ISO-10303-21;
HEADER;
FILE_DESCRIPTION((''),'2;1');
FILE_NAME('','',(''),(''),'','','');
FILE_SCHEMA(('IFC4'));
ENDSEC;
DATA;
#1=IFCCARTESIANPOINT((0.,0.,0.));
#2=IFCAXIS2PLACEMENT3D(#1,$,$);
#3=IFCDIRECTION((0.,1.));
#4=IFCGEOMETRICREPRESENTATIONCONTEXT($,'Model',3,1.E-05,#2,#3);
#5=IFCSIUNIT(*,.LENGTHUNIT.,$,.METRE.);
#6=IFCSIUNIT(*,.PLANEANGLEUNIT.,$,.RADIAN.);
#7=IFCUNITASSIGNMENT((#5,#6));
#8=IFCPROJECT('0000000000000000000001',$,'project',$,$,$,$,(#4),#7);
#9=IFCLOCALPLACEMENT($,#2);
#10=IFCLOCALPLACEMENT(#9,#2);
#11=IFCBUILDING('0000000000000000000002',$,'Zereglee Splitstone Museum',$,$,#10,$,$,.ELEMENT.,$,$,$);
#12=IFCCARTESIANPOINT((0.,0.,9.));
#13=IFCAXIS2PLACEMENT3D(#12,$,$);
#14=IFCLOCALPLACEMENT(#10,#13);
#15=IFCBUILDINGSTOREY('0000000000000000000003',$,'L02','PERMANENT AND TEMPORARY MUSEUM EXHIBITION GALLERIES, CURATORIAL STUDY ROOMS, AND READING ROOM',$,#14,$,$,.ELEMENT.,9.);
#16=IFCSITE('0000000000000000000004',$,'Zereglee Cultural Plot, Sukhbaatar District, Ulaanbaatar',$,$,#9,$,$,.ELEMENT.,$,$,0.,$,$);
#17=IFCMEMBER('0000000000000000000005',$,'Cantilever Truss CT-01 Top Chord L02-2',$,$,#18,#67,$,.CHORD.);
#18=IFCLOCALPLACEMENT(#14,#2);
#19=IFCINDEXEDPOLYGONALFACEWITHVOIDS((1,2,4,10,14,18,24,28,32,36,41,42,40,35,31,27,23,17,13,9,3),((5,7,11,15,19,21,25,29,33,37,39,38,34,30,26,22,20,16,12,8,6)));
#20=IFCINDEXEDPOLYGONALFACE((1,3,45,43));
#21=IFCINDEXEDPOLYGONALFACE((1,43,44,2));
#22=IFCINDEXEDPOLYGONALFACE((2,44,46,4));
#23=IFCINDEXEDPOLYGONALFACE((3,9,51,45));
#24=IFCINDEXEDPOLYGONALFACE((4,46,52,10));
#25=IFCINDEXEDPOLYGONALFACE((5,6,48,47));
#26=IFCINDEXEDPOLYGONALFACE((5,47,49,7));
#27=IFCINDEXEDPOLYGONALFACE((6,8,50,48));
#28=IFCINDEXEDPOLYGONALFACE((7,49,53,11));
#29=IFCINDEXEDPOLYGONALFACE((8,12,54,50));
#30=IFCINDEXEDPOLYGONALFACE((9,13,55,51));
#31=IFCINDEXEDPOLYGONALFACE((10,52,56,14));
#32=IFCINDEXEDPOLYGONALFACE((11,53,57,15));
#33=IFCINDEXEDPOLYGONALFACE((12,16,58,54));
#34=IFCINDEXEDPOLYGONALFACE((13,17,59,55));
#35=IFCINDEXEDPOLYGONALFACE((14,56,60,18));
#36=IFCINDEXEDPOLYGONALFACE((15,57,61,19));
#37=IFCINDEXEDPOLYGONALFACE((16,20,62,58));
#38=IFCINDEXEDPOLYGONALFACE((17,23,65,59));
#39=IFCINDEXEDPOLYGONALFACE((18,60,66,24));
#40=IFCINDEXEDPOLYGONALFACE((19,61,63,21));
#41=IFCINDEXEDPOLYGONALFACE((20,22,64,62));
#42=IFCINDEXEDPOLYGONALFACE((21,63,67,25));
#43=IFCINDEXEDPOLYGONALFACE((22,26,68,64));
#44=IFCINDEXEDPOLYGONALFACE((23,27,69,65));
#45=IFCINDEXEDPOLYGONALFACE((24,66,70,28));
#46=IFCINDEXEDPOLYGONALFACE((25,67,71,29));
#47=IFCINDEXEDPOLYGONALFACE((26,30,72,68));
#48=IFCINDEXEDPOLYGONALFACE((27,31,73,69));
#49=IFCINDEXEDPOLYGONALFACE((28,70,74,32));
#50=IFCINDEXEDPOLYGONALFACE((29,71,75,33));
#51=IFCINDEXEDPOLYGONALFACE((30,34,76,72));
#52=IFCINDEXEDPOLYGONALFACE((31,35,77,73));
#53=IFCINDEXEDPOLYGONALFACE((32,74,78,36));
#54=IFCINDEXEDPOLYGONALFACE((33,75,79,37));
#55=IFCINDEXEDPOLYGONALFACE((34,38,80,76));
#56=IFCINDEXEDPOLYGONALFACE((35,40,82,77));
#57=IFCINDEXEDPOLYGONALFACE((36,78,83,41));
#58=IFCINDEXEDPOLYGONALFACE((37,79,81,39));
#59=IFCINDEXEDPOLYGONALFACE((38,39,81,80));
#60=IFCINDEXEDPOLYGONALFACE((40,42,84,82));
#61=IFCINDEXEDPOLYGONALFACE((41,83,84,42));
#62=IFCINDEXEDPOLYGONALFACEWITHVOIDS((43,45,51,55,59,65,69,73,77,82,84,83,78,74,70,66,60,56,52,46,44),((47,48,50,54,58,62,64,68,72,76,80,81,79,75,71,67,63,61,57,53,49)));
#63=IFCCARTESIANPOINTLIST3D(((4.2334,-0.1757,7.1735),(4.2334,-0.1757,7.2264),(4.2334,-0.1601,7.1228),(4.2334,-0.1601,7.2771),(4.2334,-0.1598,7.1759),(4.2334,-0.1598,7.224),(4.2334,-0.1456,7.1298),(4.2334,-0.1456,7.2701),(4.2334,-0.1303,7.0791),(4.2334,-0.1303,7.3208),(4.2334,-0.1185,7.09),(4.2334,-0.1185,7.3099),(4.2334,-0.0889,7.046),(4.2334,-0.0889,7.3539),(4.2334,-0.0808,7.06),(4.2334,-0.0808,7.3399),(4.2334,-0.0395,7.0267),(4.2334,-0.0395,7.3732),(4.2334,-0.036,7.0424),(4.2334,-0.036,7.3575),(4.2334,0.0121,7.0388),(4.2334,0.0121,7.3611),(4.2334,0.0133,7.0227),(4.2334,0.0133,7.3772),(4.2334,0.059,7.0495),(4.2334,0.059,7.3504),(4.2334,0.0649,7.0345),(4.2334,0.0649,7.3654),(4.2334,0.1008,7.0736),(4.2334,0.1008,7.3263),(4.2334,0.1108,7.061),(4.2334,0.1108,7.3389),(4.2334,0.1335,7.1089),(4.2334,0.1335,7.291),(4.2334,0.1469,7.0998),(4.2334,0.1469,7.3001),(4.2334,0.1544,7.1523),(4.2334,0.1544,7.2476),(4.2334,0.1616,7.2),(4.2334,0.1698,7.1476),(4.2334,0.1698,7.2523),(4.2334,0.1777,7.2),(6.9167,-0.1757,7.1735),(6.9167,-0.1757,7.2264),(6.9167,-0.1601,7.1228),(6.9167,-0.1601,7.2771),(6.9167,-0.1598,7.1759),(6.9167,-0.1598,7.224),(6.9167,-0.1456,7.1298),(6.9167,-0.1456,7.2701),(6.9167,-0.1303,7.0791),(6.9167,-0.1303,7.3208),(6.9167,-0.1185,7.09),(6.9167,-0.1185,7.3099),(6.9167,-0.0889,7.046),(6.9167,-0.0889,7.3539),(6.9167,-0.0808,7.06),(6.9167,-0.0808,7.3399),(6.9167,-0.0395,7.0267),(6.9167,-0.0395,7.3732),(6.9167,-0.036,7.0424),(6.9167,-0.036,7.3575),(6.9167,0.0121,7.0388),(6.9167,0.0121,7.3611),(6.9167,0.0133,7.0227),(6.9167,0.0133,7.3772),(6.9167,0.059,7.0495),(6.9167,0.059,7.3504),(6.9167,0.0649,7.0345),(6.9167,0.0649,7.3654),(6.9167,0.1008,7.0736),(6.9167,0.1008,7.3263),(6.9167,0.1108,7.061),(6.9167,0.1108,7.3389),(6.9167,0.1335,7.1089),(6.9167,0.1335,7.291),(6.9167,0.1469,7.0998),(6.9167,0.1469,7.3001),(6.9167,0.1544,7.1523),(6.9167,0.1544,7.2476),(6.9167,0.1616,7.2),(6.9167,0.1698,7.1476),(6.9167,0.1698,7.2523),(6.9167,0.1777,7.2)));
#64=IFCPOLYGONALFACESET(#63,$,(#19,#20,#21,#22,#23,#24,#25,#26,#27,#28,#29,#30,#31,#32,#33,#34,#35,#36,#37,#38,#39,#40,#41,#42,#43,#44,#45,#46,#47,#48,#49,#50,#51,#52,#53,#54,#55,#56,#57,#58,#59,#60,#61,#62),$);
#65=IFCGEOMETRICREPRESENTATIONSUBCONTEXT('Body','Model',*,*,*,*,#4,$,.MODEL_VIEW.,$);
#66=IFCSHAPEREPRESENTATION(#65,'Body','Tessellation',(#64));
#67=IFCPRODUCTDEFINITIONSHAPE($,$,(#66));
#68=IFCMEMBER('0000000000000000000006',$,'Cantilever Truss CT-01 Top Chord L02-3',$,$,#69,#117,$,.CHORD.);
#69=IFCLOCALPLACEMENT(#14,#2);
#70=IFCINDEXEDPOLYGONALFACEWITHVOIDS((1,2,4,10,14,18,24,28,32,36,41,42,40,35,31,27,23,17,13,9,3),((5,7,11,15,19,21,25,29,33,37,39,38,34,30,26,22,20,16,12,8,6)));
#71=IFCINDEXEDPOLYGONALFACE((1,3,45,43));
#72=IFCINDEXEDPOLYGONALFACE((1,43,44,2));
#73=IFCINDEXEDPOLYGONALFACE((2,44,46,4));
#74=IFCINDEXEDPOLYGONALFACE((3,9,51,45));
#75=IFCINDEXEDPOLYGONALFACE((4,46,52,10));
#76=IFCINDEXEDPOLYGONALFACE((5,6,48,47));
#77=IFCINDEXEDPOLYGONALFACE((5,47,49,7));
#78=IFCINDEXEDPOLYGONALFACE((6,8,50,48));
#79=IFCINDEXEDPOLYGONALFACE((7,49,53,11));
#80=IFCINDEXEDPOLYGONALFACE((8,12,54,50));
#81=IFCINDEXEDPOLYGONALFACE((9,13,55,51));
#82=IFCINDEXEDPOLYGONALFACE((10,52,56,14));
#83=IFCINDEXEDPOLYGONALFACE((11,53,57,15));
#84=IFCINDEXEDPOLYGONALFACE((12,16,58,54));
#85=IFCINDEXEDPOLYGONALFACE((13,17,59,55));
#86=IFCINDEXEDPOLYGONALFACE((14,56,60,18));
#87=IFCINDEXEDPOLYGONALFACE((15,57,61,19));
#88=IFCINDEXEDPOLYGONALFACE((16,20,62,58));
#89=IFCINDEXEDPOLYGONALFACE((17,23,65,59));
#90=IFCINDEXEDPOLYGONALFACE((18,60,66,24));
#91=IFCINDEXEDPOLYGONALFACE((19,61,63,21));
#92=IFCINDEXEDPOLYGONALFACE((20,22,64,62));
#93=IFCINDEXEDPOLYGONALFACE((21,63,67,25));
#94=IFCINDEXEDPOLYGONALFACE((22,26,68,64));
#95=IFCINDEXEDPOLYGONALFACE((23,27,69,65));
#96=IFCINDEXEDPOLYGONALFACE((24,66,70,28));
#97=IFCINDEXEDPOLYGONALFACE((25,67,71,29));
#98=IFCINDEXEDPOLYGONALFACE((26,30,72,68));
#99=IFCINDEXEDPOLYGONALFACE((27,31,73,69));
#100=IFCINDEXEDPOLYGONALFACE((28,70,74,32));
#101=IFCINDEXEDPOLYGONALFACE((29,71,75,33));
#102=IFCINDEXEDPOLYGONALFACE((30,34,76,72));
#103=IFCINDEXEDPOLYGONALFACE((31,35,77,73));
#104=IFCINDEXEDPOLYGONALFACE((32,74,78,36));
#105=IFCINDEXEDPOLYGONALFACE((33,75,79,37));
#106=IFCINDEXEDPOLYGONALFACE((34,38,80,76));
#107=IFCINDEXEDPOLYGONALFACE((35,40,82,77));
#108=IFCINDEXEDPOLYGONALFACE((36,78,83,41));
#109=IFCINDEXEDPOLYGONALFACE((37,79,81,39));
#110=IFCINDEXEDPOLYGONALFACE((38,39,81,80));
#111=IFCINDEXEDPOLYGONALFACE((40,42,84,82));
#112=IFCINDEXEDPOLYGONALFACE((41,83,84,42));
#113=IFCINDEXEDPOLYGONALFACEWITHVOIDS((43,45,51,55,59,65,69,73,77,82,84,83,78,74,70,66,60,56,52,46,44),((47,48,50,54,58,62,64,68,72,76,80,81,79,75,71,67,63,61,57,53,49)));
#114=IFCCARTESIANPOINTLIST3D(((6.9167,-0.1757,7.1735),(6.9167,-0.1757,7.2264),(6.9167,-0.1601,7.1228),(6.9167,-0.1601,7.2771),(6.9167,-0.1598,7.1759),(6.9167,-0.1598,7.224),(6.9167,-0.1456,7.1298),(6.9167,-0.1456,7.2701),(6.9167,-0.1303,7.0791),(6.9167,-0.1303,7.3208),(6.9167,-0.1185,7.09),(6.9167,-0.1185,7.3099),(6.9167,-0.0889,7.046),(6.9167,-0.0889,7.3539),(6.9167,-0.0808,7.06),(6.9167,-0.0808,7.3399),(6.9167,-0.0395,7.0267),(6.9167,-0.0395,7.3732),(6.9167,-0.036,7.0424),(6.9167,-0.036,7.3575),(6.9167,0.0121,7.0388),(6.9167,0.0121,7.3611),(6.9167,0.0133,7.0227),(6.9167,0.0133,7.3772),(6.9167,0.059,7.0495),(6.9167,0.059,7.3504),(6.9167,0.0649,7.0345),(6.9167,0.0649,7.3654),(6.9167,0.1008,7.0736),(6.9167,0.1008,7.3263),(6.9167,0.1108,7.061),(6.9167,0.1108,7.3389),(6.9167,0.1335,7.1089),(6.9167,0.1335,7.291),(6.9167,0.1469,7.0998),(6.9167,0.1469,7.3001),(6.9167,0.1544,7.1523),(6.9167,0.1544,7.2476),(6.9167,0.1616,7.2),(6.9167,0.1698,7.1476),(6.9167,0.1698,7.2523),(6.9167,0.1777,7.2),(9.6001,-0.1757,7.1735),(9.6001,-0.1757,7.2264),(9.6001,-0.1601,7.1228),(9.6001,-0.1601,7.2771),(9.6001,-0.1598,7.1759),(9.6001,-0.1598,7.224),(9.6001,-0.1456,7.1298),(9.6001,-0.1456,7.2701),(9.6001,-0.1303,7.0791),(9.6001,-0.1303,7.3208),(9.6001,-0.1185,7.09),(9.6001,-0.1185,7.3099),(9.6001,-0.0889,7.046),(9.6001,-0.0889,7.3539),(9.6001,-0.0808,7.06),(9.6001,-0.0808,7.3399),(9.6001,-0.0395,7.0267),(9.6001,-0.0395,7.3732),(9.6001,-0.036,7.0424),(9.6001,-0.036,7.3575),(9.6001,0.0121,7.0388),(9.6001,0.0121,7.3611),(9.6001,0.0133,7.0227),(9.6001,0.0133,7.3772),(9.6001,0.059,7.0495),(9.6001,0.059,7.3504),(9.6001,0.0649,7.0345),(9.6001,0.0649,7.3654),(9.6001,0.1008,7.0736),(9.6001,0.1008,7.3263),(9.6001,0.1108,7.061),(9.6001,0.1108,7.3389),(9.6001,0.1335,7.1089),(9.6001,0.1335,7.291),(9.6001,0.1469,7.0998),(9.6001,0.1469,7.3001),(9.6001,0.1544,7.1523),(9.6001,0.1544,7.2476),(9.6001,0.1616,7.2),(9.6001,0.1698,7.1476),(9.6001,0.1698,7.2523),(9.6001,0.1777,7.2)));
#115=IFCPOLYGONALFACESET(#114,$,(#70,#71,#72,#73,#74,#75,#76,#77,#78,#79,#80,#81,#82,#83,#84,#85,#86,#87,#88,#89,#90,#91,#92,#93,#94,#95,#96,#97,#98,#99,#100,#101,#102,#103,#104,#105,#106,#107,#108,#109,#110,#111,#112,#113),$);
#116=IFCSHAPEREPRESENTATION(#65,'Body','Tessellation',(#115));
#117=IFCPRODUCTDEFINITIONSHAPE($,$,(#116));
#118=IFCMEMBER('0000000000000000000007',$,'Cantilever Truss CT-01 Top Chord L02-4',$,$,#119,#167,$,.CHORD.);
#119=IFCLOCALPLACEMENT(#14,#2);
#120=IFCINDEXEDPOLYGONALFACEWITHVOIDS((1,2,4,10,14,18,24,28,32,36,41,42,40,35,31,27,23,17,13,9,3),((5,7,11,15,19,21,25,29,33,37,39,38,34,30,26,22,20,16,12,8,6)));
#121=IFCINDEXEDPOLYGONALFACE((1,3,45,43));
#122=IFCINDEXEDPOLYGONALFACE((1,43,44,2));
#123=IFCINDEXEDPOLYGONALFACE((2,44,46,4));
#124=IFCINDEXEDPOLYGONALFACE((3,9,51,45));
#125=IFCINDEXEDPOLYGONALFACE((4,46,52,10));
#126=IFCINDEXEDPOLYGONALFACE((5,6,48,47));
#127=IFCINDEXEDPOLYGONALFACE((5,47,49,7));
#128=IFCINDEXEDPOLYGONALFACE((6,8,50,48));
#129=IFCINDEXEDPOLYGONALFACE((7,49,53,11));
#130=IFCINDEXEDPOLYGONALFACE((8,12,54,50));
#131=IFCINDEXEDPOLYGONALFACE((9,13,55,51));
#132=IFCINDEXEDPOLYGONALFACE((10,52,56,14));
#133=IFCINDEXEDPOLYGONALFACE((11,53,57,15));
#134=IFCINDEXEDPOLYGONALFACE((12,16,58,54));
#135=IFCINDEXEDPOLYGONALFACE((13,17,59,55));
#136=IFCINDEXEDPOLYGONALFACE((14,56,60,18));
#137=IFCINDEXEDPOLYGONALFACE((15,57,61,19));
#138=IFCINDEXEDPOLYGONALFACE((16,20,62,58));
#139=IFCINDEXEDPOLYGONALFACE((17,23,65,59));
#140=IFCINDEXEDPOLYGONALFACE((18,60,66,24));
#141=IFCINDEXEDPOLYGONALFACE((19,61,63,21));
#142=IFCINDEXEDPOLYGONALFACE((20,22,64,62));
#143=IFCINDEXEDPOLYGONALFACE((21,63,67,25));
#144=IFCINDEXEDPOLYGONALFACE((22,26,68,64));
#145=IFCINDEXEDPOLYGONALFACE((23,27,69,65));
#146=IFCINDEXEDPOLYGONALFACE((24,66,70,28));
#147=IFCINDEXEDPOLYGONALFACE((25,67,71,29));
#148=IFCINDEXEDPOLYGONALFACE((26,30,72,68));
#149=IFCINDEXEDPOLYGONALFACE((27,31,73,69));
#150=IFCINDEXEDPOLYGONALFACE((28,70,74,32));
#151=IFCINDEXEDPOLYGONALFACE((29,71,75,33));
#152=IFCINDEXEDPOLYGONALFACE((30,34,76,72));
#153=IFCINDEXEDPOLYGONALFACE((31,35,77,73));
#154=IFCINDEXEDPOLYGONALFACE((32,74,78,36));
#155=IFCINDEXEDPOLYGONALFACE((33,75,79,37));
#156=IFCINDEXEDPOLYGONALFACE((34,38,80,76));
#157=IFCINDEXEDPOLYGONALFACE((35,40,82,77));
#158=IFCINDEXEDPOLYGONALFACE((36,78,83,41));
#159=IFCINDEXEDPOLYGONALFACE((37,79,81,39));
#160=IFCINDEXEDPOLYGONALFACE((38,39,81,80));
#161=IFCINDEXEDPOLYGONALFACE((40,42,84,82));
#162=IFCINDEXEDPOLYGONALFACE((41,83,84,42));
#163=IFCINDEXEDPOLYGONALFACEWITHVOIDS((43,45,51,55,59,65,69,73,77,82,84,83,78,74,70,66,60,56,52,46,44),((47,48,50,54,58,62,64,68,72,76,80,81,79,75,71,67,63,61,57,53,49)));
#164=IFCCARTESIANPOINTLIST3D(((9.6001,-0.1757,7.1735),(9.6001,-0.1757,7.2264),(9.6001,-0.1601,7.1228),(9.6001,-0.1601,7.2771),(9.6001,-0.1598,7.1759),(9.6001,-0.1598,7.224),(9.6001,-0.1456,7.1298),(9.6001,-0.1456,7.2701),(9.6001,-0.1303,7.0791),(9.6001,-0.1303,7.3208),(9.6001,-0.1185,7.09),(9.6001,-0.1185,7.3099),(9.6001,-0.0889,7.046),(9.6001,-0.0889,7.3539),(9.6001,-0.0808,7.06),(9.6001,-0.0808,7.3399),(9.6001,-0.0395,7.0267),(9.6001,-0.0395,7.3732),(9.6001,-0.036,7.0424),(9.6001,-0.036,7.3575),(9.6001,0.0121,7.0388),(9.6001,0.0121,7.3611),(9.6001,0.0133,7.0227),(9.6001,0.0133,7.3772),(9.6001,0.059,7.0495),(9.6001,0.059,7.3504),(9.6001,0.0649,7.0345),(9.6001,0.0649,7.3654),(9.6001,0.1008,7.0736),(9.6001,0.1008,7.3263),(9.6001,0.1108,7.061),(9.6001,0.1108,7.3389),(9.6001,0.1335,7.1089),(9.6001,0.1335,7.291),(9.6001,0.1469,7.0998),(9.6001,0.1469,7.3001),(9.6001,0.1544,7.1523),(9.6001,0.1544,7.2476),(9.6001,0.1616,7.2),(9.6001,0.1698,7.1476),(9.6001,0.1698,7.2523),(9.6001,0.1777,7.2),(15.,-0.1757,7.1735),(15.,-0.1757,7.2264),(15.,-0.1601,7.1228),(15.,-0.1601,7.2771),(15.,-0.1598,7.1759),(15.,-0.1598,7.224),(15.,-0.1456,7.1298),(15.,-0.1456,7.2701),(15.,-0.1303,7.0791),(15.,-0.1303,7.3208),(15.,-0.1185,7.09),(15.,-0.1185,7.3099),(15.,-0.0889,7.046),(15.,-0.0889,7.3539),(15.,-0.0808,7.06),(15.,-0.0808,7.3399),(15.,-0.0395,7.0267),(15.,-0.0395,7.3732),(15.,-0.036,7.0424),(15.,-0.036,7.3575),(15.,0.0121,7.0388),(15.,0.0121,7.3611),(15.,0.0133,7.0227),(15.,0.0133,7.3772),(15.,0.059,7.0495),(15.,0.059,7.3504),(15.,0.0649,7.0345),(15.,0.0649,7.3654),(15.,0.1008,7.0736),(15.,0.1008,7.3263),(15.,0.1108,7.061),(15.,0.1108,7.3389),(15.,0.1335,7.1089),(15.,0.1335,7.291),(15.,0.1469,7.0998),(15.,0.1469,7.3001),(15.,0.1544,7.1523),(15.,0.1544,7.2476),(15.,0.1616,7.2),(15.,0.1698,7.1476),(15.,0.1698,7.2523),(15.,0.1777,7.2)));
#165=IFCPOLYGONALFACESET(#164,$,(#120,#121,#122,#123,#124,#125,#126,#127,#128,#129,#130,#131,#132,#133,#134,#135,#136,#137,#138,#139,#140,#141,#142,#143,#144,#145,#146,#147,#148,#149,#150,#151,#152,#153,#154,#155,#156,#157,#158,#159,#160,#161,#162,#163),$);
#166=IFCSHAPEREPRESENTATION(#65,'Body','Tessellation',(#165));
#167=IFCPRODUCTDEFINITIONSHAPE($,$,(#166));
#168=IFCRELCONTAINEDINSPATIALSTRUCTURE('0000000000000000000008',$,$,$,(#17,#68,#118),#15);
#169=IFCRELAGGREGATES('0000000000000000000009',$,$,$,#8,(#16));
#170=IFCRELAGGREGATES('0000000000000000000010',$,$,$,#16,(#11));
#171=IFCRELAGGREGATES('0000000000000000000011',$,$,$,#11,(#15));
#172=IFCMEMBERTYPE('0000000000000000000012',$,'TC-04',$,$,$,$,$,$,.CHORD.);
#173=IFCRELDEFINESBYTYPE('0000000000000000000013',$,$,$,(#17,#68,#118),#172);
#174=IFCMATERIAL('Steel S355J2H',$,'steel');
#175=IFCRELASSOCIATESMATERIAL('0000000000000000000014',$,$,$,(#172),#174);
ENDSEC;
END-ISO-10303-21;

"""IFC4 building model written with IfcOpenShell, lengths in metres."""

from ifc_helpers import new_model, si_unit, direction, frame, origin, origin_2d, place, context, subcontext, project, spatial, hollow_circle, extrude, material, material_profile, profile_set, type_object, element, save


model = new_model("IFC4")

# Units and contexts
model_context = context("Model", 3, precision=1e-05, world=origin(), true_north=direction((0.0, 1.0)))
body_context = subcontext(model_context, "Body", "Model", "MODEL_VIEW")
ifc_project = project(units=[si_unit("LENGTHUNIT", "METRE"), si_unit("PLANEANGLEUNIT", "RADIAN")], contexts=[model_context])

# Site, building, storey
site_placement = place(None, origin())
site = spatial("IfcSite", under=ifc_project, at=site_placement, Name="Zereglee Cultural Plot, Sukhbaatar District, Ulaanbaatar", CompositionType="ELEMENT", RefElevation=0.0)
building_placement = place(site_placement, origin())
building = spatial("IfcBuilding", under=site, at=building_placement, Name="Zereglee Splitstone Museum", CompositionType="ELEMENT")
storey_placement = place(building_placement, frame((0.0, 0.0, 9.0)))
storey = spatial("IfcBuildingStorey", under=building, at=storey_placement, Name="L02", Description="PERMANENT AND TEMPORARY MUSEUM EXHIBITION GALLERIES, CURATORIAL STUDY ROOMS, AND READING ROOM", CompositionType="ELEMENT", Elevation=9.0)

# Members
ifc_material_1 = material(Name="Steel S355J2H", Category="steel")
ifc_material_profile_1 = material_profile(ifc_material_1, hollow_circle(Radius=0.1777, WallThickness=0.0161, at=origin_2d()), Name="CHS 355.6x16")
ifc_profile_set_1 = profile_set([ifc_material_profile_1], Name="Steel S355J2H")
member_type_1 = type_object("IfcMemberType", Name="TC-04", PredefinedType="CHORD", material=ifc_profile_set_1)
for number, where, z_axis, x_axis, name in (
    (1, (4.2334, 0.0, 7.2), (1.0, 0.0, 0.0), (0.0, 1.0, 0.0), "Cantilever Truss CT-01 Top Chord L02-2"),
    (2, (6.9167, 0.0, 7.2), (1.0, 0.0, 0.0), (0.0, 1.0, 0.0), "Cantilever Truss CT-01 Top Chord L02-3"),
):
    element("IfcMember", number, at=place(storey_placement, frame(where, z_axis=z_axis, x_axis=x_axis)), inside=storey, type_object=member_type_1, Name=name, PredefinedType="CHORD", context=body_context, shape_type="SweptSolid", body=[
        extrude(hollow_circle(Radius=0.1777, WallThickness=0.0161, at=origin_2d()), origin(), (0.0, 0.0, 1.0), 2.6833),
    ])
for number, where, z_axis, x_axis, name in (
    (3, (9.6001, 0.0, 7.2), (1.0, 0.0, 0.0), (0.0, 1.0, 0.0), "Cantilever Truss CT-01 Top Chord L02-4"),
):
    element("IfcMember", number, at=place(storey_placement, frame(where, z_axis=z_axis, x_axis=x_axis)), inside=storey, type_object=member_type_1, Name=name, PredefinedType="CHORD", context=body_context, shape_type="SweptSolid", body=[
        extrude(hollow_circle(Radius=0.1777, WallThickness=0.0161, at=origin_2d()), origin(), (0.0, 0.0, 1.0), 5.3999),
    ])

save(model, "model.ifc")
